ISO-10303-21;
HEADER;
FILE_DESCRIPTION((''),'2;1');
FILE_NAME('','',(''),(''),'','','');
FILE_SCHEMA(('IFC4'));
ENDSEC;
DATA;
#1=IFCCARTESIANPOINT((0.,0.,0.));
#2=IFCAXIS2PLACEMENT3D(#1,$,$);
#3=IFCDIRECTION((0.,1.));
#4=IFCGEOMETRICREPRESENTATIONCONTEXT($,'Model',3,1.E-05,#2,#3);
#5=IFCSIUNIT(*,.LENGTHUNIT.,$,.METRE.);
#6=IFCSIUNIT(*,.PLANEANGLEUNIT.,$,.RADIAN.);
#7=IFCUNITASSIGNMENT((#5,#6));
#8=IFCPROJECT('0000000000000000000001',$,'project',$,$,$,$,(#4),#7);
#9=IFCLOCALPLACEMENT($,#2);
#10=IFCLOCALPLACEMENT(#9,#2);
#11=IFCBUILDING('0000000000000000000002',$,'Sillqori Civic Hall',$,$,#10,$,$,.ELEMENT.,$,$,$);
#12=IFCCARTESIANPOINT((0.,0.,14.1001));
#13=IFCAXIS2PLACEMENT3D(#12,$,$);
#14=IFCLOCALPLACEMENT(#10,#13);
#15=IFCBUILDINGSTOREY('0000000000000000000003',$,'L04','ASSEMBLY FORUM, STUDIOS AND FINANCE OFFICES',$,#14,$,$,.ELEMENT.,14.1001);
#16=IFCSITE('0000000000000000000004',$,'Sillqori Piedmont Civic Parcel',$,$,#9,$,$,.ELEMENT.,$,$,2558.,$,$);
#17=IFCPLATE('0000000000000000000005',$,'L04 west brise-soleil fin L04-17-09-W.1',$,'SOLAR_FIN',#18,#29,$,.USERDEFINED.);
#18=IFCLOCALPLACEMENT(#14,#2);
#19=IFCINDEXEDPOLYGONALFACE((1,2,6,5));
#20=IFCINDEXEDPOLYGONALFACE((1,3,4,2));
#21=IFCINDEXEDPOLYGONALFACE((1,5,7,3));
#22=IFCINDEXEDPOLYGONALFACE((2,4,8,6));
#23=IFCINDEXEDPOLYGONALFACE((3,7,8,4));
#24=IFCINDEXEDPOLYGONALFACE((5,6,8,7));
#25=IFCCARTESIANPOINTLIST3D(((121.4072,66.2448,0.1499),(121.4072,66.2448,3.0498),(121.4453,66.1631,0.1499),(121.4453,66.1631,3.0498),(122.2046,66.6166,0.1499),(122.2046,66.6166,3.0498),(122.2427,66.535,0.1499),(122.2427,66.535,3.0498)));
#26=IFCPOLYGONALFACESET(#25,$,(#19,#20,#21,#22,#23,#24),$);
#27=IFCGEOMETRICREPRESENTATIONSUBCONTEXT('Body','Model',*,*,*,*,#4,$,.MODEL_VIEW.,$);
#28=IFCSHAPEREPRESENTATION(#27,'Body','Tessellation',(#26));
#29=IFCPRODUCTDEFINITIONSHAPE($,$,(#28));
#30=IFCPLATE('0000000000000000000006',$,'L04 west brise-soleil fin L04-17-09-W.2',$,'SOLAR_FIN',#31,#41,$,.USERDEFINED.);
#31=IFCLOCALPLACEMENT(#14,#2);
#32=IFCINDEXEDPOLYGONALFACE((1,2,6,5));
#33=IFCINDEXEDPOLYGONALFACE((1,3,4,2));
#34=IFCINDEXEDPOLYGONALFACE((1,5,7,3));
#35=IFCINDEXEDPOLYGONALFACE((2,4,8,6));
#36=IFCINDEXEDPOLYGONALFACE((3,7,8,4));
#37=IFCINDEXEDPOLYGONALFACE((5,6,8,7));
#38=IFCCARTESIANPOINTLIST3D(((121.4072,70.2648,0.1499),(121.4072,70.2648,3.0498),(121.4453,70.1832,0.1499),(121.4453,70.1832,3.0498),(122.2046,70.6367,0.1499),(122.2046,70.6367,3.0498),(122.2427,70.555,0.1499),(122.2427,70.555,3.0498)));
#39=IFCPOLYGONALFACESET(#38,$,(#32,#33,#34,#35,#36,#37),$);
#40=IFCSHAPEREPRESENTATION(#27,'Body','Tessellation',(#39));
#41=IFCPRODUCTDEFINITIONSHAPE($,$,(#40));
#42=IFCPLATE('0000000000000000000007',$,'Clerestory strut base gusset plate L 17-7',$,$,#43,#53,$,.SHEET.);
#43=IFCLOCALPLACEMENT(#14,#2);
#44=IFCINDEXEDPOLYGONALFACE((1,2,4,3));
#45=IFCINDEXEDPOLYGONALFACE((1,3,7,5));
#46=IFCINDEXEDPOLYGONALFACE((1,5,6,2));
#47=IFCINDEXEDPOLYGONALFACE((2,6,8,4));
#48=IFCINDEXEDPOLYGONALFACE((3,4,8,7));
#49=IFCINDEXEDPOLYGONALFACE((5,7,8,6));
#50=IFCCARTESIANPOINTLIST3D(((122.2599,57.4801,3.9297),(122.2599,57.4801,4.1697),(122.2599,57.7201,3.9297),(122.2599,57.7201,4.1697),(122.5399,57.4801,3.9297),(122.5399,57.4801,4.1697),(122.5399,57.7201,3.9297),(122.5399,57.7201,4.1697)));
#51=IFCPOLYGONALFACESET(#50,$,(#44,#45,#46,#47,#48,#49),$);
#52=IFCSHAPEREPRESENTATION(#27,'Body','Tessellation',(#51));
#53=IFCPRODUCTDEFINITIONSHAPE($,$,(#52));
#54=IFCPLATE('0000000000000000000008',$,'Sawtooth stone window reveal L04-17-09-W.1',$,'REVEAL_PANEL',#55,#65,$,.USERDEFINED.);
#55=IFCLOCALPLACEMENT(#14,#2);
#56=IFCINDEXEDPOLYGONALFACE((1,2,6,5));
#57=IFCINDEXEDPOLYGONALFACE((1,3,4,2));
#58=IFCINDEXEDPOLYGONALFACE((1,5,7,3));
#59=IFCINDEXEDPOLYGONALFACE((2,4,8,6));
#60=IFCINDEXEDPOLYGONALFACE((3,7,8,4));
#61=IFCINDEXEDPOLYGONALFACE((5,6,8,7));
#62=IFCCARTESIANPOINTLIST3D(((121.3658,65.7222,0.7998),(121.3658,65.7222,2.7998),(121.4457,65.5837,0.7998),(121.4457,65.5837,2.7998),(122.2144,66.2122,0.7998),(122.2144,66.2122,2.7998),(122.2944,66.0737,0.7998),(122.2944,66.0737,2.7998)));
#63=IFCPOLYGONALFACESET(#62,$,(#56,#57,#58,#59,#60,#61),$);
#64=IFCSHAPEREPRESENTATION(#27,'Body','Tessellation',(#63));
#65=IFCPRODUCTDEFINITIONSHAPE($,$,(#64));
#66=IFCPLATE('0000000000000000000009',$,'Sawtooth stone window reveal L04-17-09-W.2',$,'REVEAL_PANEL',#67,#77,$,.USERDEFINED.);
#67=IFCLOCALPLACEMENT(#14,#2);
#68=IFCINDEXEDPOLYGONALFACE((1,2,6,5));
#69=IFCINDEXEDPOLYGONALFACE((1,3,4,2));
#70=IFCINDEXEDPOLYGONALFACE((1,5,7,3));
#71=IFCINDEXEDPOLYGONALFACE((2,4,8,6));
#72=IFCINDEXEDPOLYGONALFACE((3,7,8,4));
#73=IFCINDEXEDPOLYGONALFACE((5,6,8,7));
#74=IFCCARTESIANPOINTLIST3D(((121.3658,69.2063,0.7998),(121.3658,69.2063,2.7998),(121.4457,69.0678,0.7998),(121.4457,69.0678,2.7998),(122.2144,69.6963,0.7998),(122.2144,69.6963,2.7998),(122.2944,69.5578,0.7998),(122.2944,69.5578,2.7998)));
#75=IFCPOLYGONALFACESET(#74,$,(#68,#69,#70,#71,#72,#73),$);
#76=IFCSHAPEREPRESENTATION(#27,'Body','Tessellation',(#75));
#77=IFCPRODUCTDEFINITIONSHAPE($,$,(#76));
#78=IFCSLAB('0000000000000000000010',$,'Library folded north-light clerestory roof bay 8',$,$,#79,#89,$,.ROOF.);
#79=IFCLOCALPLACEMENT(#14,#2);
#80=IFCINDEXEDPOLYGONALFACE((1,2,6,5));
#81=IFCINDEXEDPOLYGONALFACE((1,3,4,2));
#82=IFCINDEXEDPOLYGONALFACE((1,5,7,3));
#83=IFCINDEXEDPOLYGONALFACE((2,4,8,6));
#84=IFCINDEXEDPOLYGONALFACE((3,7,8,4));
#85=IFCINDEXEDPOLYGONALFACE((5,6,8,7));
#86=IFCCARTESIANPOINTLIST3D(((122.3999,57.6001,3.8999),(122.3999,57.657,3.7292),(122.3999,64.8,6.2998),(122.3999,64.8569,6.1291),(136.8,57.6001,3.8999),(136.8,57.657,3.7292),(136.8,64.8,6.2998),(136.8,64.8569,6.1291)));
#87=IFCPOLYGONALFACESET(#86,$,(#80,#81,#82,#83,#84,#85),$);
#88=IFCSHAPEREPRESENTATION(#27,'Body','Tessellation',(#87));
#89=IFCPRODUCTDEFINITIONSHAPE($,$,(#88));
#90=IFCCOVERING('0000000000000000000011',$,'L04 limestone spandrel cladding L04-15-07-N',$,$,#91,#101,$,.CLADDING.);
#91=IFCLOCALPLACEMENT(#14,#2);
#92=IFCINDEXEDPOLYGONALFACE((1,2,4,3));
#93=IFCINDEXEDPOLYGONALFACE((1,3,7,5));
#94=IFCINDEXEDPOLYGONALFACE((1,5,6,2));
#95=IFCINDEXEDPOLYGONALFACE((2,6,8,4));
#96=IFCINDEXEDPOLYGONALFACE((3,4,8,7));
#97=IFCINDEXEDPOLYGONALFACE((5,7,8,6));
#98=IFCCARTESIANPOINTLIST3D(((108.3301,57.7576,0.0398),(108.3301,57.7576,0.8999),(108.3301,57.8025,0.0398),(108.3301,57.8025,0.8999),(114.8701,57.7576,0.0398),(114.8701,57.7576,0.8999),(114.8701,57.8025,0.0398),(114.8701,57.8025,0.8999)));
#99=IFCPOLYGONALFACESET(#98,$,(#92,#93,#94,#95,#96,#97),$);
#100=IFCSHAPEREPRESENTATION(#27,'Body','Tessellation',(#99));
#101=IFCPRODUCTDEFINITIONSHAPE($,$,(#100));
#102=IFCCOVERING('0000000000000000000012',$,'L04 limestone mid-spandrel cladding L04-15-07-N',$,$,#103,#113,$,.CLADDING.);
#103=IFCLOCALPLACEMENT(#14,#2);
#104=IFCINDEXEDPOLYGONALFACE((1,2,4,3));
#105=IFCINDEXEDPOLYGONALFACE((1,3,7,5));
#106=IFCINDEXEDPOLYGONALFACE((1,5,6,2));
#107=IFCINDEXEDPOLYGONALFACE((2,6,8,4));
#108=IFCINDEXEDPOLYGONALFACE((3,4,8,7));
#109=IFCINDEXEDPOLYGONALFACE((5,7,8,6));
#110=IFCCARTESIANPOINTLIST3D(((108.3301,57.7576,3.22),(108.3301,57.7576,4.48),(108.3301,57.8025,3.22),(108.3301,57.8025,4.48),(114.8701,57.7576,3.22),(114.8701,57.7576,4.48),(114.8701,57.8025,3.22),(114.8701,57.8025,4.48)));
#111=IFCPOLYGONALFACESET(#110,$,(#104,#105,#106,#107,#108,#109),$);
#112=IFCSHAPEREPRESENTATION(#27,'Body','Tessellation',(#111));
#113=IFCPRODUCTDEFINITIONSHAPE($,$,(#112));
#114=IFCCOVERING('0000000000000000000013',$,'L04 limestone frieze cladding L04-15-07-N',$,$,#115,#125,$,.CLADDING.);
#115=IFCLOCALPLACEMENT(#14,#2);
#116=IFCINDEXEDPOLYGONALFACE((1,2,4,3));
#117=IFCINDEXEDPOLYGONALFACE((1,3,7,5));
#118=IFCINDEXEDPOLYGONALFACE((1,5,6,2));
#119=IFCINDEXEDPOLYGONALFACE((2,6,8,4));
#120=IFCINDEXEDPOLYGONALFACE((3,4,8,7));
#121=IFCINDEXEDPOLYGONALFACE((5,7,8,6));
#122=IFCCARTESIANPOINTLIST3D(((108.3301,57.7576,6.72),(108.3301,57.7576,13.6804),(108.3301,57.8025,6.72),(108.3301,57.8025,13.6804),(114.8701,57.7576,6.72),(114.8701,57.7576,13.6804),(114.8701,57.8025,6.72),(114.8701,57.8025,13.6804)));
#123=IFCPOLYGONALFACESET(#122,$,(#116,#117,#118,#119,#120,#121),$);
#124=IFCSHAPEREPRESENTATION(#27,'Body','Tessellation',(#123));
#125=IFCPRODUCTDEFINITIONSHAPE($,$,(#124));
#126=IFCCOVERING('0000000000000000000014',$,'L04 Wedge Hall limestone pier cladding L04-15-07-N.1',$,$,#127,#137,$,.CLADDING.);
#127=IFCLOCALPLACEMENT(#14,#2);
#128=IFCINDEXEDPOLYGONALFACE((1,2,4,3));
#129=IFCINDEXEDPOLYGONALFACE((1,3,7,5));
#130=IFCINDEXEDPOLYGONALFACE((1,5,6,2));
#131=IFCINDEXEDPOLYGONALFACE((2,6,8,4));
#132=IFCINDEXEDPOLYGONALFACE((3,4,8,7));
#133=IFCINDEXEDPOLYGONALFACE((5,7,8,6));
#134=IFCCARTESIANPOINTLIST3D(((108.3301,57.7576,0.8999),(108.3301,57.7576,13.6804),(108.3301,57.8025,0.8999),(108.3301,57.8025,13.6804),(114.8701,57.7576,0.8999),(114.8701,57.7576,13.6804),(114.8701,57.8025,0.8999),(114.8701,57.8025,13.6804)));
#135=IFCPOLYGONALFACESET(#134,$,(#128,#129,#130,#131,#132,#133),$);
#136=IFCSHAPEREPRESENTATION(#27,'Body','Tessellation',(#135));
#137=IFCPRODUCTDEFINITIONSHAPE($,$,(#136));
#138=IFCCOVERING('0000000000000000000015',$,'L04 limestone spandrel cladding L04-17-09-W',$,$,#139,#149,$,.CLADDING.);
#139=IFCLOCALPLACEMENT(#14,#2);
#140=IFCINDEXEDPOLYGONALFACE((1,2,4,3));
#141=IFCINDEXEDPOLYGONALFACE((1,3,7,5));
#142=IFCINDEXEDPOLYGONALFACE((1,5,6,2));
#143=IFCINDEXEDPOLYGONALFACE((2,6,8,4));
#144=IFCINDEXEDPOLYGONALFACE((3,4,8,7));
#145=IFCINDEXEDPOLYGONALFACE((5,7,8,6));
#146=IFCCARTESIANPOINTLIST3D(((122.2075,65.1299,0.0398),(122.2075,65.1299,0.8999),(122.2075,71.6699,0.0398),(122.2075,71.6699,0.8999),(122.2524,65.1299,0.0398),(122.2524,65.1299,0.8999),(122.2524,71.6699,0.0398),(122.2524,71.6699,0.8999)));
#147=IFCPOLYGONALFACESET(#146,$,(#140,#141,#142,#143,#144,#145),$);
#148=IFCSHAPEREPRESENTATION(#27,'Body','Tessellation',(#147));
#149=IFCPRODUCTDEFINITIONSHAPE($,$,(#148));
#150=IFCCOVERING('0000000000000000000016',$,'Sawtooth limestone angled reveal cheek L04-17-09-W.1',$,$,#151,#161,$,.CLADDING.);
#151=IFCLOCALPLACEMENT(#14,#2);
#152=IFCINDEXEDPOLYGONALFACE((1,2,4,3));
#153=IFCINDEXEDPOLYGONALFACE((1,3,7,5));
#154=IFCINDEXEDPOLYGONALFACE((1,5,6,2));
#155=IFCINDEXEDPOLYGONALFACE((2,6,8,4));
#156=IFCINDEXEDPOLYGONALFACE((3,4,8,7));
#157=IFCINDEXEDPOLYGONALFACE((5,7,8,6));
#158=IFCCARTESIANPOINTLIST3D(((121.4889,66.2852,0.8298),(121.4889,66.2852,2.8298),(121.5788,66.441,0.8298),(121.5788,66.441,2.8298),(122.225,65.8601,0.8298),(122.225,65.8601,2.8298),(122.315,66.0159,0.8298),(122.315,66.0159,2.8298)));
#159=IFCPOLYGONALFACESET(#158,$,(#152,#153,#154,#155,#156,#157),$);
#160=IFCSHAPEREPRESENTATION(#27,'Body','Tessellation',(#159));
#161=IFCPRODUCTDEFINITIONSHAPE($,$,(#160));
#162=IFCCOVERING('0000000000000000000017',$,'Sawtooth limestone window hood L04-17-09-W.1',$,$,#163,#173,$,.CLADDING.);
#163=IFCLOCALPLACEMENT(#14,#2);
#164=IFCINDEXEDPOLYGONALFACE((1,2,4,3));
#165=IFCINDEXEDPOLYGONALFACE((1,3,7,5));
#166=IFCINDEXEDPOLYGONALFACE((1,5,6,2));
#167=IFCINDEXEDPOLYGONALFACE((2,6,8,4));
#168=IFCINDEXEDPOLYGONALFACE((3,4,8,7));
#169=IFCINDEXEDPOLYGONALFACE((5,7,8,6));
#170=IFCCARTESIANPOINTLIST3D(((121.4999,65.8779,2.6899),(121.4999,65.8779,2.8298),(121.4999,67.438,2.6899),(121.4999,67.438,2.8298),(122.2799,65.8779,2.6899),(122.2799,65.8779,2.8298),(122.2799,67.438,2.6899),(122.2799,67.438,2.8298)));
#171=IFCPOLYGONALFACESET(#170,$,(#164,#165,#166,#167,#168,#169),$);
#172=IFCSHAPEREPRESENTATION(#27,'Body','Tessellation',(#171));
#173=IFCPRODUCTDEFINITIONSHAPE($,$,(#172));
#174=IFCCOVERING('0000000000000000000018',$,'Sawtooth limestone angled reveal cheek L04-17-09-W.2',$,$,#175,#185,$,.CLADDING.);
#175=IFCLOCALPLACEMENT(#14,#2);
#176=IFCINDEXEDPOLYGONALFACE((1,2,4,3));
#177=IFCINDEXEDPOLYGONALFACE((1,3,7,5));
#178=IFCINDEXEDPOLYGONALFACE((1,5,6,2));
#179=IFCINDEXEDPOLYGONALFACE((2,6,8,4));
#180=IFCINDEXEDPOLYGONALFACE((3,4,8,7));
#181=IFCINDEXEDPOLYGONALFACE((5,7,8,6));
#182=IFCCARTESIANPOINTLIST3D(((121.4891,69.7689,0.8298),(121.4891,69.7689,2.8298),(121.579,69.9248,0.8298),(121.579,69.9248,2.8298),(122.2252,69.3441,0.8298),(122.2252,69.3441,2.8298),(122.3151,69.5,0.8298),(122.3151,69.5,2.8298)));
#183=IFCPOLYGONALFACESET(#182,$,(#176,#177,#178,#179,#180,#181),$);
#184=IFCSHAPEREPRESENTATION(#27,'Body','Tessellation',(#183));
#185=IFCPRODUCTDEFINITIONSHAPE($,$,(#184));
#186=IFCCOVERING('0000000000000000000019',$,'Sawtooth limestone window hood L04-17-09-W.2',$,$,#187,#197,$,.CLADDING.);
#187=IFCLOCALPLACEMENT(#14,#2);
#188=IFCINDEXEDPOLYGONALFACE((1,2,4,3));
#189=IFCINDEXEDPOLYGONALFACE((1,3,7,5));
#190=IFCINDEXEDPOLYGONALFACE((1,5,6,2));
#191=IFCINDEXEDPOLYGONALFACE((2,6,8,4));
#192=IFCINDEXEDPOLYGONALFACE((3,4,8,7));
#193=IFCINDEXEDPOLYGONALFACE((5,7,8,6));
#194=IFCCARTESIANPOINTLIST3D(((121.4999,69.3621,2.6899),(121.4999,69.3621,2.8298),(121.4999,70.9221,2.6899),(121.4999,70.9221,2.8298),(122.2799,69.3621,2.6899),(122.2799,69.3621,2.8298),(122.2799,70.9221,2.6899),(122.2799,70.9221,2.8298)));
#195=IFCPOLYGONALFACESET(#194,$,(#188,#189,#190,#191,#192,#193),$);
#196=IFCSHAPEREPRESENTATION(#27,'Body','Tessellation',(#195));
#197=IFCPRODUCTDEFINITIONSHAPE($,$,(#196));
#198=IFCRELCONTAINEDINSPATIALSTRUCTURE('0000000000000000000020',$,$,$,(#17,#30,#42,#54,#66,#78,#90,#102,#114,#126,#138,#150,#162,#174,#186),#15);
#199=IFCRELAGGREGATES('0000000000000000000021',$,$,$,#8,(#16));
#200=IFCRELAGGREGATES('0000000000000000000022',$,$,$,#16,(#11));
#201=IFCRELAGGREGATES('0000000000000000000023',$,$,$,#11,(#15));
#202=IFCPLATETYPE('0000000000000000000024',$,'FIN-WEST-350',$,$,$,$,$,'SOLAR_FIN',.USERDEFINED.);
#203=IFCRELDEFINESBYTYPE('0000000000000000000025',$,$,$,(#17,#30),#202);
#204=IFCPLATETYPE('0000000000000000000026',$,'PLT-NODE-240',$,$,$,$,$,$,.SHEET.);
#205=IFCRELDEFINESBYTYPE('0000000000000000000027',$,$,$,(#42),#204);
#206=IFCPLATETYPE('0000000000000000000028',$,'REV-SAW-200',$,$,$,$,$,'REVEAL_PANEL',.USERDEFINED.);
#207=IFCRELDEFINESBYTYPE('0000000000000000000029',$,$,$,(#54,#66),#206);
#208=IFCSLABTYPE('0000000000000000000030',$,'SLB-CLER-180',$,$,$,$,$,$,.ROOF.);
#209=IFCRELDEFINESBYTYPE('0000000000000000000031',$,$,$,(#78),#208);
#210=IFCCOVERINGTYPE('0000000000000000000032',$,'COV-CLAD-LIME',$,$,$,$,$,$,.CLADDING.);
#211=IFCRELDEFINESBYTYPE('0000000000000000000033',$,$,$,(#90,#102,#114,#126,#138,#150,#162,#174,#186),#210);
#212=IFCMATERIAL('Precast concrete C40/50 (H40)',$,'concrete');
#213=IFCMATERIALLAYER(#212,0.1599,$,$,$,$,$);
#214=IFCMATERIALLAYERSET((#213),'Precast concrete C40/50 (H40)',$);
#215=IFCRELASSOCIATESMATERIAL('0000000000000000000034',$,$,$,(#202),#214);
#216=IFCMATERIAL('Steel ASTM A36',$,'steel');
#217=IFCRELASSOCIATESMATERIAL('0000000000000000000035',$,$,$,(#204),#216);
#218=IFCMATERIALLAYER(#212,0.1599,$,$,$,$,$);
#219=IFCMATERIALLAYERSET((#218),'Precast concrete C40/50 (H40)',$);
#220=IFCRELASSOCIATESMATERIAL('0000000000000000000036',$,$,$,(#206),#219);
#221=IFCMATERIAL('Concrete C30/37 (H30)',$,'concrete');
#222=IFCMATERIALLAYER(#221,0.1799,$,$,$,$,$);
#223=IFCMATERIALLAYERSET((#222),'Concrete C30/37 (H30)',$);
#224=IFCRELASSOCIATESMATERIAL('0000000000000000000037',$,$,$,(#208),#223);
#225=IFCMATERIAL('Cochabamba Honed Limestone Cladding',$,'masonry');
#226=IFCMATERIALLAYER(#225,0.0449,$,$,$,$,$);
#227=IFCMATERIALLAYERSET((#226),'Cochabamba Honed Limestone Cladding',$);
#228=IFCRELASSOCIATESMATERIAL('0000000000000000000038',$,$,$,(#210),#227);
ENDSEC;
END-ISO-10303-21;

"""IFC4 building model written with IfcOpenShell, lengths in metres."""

from ifc_helpers import new_model, si_unit, direction, frame, frame_2d, origin, origin_2d, place, context, subcontext, project, spatial, polyline, rectangle, outline, extrude, material, layer, layer_set, type_object, element, save


model = new_model("IFC4")

# Units and contexts
model_context = context("Model", 3, precision=1e-05, world=origin(), true_north=direction((0.0, 1.0)))
body_context = subcontext(model_context, "Body", "Model", "MODEL_VIEW")
ifc_project = project(units=[si_unit("LENGTHUNIT", "METRE"), si_unit("PLANEANGLEUNIT", "RADIAN")], contexts=[model_context])

# Site, building, storey
site_placement = place(None, origin())
site = spatial("IfcSite", under=ifc_project, at=site_placement, Name="Sillqori Piedmont Civic Parcel", CompositionType="ELEMENT", RefElevation=2558.0)
building_placement = place(site_placement, origin())
building = spatial("IfcBuilding", under=site, at=building_placement, Name="Sillqori Civic Hall", CompositionType="ELEMENT")
storey_placement = place(building_placement, frame((0.0, 0.0, 14.1001)))
storey = spatial("IfcBuildingStorey", under=building, at=storey_placement, Name="L04", Description="ASSEMBLY FORUM, STUDIOS AND FINANCE OFFICES", CompositionType="ELEMENT", Elevation=14.1001)

# Plates
ifc_material_1 = material(Name="Precast concrete C40/50 (H40)", Category="concrete")
ifc_layer_1 = layer(ifc_material_1, 0.1599)
ifc_layer_set_1 = layer_set([ifc_layer_1], Name="Precast concrete C40/50 (H40)")
plate_type_1 = type_object("IfcPlateType", Name="FIN-WEST-350", ElementType="SOLAR_FIN", PredefinedType="USERDEFINED", material=ifc_layer_set_1)
for number, where, z_axis, x_axis, name in (
    (1, (121.825, 66.3899, 0.1499), (0.0, 0.0, 1.0), (-0.422618, 0.906308, 0.0), "L04 west brise-soleil fin L04-17-09-W.1"),
    (2, (121.825, 70.4099, 0.1499), (0.0, 0.0, 1.0), (-0.422618, 0.906308, 0.0), "L04 west brise-soleil fin L04-17-09-W.2"),
):
    element("IfcPlate", number, at=place(storey_placement, frame(where, z_axis=z_axis, x_axis=x_axis)), inside=storey, type_object=plate_type_1, Name=name, ObjectType="SOLAR_FIN", PredefinedType="USERDEFINED", context=body_context, shape_type="SweptSolid", body=[
        extrude(rectangle(XDim=0.0901, YDim=0.8799, at=origin_2d()), origin(), (0.0, 0.0, 1.0), 2.8999),
    ])
ifc_material_2 = material(Name="Steel ASTM A36", Category="steel")
plate_type_2 = type_object("IfcPlateType", Name="PLT-NODE-240", PredefinedType="SHEET", material=ifc_material_2)
plate_placement = place(storey_placement, frame((122.3999, 57.6001, 3.9297), z_axis=(0.0, 0.0, 1.0), x_axis=(1.0, 0.0, 0.0)))
element("IfcPlate", 3, at=plate_placement, inside=storey, type_object=plate_type_2, Name="Clerestory strut base gusset plate L 17-7", PredefinedType="SHEET", context=body_context, shape_type="SweptSolid", body=[
    extrude(rectangle(XDim=0.28, YDim=0.24, at=origin_2d()), origin(), (0.0, 0.0, 1.0), 0.24),
])
ifc_layer_2 = layer(ifc_material_1, 0.1599)
ifc_layer_set_2 = layer_set([ifc_layer_2], Name="Precast concrete C40/50 (H40)")
plate_type_3 = type_object("IfcPlateType", Name="REV-SAW-200", ElementType="REVEAL_PANEL", PredefinedType="USERDEFINED", material=ifc_layer_set_2)
for number, where, z_axis, x_axis, name in (
    (4, (121.8301, 65.8979, 0.7998), (0.0, 0.0, 1.0), (-0.5, 0.866025, 0.0), "Sawtooth stone window reveal L04-17-09-W.1"),
    (5, (121.8301, 69.3821, 0.7998), (0.0, 0.0, 1.0), (-0.5, 0.866025, 0.0), "Sawtooth stone window reveal L04-17-09-W.2"),
):
    element("IfcPlate", number, at=place(storey_placement, frame(where, z_axis=z_axis, x_axis=x_axis)), inside=storey, type_object=plate_type_3, Name=name, ObjectType="REVEAL_PANEL", PredefinedType="USERDEFINED", context=body_context, shape_type="SweptSolid", body=[
        extrude(rectangle(XDim=0.1599, YDim=0.98, at=origin_2d()), origin(), (0.0, 0.0, 1.0), 2.0),
    ])

# Slab
ifc_material_3 = material(Name="Concrete C30/37 (H30)", Category="concrete")
ifc_layer_3 = layer(ifc_material_3, 0.1799)
ifc_layer_set_3 = layer_set([ifc_layer_3], Name="Concrete C30/37 (H30)")
slab_type = type_object("IfcSlabType", Name="SLB-CLER-180", PredefinedType="ROOF", material=ifc_layer_set_3)
slab_placement = place(storey_placement, frame((122.3999, 57.6001, 3.8999), z_axis=(0.0, -0.316218, 0.948687), x_axis=(1.0, 0.0, 0.0)))
element("IfcSlab", 6, at=slab_placement, inside=storey, type_object=slab_type, Name="Library folded north-light clerestory roof bay 8", PredefinedType="ROOF", context=body_context, shape_type="SweptSolid", body=[
    extrude(outline(polyline([(0.0, 0.0), (14.4001, 0.0), (14.4001, 7.5894), (0.0, 7.5894), (0.0, 0.0)])), origin(), (0.0, 0.0, -1.0), 0.1799),
])

# Coverings
ifc_material_4 = material(Name="Cochabamba Honed Limestone Cladding", Category="masonry")
ifc_layer_4 = layer(ifc_material_4, 0.0449)
ifc_layer_set_4 = layer_set([ifc_layer_4], Name="Cochabamba Honed Limestone Cladding")
covering_type = type_object("IfcCoveringType", Name="COV-CLAD-LIME", PredefinedType="CLADDING", material=ifc_layer_set_4)
covering_1_placement = place(storey_placement, frame((108.3301, 57.78, 0.0398), z_axis=(0.0, 0.0, 1.0), x_axis=(1.0, 0.0, 0.0)))
element("IfcCovering", 7, at=covering_1_placement, inside=storey, type_object=covering_type, Name="L04 limestone spandrel cladding L04-15-07-N", PredefinedType="CLADDING", context=body_context, shape_type="SweptSolid", body=[
    extrude(rectangle(XDim=6.54, YDim=0.0449, at=frame_2d((3.27, 0.0))), origin(), (0.0, 0.0, 1.0), 0.8601),
])
covering_2_placement = place(storey_placement, frame((108.3301, 57.78, 3.22), z_axis=(0.0, 0.0, 1.0), x_axis=(1.0, 0.0, 0.0)))
element("IfcCovering", 8, at=covering_2_placement, inside=storey, type_object=covering_type, Name="L04 limestone mid-spandrel cladding L04-15-07-N", PredefinedType="CLADDING", context=body_context, shape_type="SweptSolid", body=[
    extrude(rectangle(XDim=6.54, YDim=0.0449, at=frame_2d((3.27, 0.0))), origin(), (0.0, 0.0, 1.0), 1.26),
])
covering_3_placement = place(storey_placement, frame((108.3301, 57.78, 6.72), z_axis=(0.0, 0.0, 1.0), x_axis=(1.0, 0.0, 0.0)))
element("IfcCovering", 9, at=covering_3_placement, inside=storey, type_object=covering_type, Name="L04 limestone frieze cladding L04-15-07-N", PredefinedType="CLADDING", context=body_context, shape_type="SweptSolid", body=[
    extrude(rectangle(XDim=6.54, YDim=0.0449, at=frame_2d((3.27, 0.0))), origin(), (0.0, 0.0, 1.0), 6.9604),
])
covering_4_placement = place(storey_placement, frame((108.3301, 57.78, 0.8999), z_axis=(0.0, 0.0, 1.0), x_axis=(1.0, 0.0, 0.0)))
element("IfcCovering", 10, at=covering_4_placement, inside=storey, type_object=covering_type, Name="L04 Wedge Hall limestone pier cladding L04-15-07-N.1", PredefinedType="CLADDING", context=body_context, shape_type="SweptSolid", body=[
    extrude(rectangle(XDim=6.54, YDim=0.0449, at=frame_2d((3.27, 0.0))), origin(), (0.0, 0.0, 1.0), 12.7805),
])
covering_5_placement = place(storey_placement, frame((122.23, 65.1299, 0.0398), z_axis=(0.0, 0.0, 1.0), x_axis=(0.0, 1.0, 0.0)))
element("IfcCovering", 11, at=covering_5_placement, inside=storey, type_object=covering_type, Name="L04 limestone spandrel cladding L04-17-09-W", PredefinedType="CLADDING", context=body_context, shape_type="SweptSolid", body=[
    extrude(rectangle(XDim=6.54, YDim=0.0449, at=frame_2d((3.27, 0.0))), origin(), (0.0, 0.0, 1.0), 0.8601),
])
covering_6_placement = place(storey_placement, frame((122.27, 65.938, 0.8298), z_axis=(0.0, 0.0, 1.0), x_axis=(-0.865989, 0.500062, 0.0)))
element("IfcCovering", 12, at=covering_6_placement, inside=storey, type_object=covering_type, Name="Sawtooth limestone angled reveal cheek L04-17-09-W.1", PredefinedType="CLADDING", context=body_context, shape_type="SweptSolid", body=[
    extrude(rectangle(XDim=0.8501, YDim=0.1799, at=frame_2d((0.425, 0.0))), origin(), (0.0, 0.0, 1.0), 2.0),
])
covering_7_placement = place(storey_placement, frame((121.8899, 65.8779, 2.6899), z_axis=(0.0, 0.0, 1.0), x_axis=(0.0, 1.0, 0.0)))
element("IfcCovering", 13, at=covering_7_placement, inside=storey, type_object=covering_type, Name="Sawtooth limestone window hood L04-17-09-W.1", PredefinedType="CLADDING", context=body_context, shape_type="SweptSolid", body=[
    extrude(rectangle(XDim=1.5601, YDim=0.78, at=frame_2d((0.78, 0.0))), origin(), (0.0, 0.0, 1.0), 0.1399),
])
covering_8_placement = place(storey_placement, frame((122.27, 69.4221, 0.8298), z_axis=(0.0, 0.0, 1.0), x_axis=(-0.866114, 0.499847, 0.0)))
element("IfcCovering", 14, at=covering_8_placement, inside=storey, type_object=covering_type, Name="Sawtooth limestone angled reveal cheek L04-17-09-W.2", PredefinedType="CLADDING", context=body_context, shape_type="SweptSolid", body=[
    extrude(rectangle(XDim=0.8499, YDim=0.1799, at=frame_2d((0.4248, 0.0))), origin(), (0.0, 0.0, 1.0), 2.0),
])
covering_9_placement = place(storey_placement, frame((121.8899, 69.3621, 2.6899), z_axis=(0.0, 0.0, 1.0), x_axis=(0.0, 1.0, 0.0)))
element("IfcCovering", 15, at=covering_9_placement, inside=storey, type_object=covering_type, Name="Sawtooth limestone window hood L04-17-09-W.2", PredefinedType="CLADDING", context=body_context, shape_type="SweptSolid", body=[
    extrude(rectangle(XDim=1.5601, YDim=0.78, at=frame_2d((0.78, 0.0))), origin(), (0.0, 0.0, 1.0), 0.1399),
])

save(model, "model.ifc")
